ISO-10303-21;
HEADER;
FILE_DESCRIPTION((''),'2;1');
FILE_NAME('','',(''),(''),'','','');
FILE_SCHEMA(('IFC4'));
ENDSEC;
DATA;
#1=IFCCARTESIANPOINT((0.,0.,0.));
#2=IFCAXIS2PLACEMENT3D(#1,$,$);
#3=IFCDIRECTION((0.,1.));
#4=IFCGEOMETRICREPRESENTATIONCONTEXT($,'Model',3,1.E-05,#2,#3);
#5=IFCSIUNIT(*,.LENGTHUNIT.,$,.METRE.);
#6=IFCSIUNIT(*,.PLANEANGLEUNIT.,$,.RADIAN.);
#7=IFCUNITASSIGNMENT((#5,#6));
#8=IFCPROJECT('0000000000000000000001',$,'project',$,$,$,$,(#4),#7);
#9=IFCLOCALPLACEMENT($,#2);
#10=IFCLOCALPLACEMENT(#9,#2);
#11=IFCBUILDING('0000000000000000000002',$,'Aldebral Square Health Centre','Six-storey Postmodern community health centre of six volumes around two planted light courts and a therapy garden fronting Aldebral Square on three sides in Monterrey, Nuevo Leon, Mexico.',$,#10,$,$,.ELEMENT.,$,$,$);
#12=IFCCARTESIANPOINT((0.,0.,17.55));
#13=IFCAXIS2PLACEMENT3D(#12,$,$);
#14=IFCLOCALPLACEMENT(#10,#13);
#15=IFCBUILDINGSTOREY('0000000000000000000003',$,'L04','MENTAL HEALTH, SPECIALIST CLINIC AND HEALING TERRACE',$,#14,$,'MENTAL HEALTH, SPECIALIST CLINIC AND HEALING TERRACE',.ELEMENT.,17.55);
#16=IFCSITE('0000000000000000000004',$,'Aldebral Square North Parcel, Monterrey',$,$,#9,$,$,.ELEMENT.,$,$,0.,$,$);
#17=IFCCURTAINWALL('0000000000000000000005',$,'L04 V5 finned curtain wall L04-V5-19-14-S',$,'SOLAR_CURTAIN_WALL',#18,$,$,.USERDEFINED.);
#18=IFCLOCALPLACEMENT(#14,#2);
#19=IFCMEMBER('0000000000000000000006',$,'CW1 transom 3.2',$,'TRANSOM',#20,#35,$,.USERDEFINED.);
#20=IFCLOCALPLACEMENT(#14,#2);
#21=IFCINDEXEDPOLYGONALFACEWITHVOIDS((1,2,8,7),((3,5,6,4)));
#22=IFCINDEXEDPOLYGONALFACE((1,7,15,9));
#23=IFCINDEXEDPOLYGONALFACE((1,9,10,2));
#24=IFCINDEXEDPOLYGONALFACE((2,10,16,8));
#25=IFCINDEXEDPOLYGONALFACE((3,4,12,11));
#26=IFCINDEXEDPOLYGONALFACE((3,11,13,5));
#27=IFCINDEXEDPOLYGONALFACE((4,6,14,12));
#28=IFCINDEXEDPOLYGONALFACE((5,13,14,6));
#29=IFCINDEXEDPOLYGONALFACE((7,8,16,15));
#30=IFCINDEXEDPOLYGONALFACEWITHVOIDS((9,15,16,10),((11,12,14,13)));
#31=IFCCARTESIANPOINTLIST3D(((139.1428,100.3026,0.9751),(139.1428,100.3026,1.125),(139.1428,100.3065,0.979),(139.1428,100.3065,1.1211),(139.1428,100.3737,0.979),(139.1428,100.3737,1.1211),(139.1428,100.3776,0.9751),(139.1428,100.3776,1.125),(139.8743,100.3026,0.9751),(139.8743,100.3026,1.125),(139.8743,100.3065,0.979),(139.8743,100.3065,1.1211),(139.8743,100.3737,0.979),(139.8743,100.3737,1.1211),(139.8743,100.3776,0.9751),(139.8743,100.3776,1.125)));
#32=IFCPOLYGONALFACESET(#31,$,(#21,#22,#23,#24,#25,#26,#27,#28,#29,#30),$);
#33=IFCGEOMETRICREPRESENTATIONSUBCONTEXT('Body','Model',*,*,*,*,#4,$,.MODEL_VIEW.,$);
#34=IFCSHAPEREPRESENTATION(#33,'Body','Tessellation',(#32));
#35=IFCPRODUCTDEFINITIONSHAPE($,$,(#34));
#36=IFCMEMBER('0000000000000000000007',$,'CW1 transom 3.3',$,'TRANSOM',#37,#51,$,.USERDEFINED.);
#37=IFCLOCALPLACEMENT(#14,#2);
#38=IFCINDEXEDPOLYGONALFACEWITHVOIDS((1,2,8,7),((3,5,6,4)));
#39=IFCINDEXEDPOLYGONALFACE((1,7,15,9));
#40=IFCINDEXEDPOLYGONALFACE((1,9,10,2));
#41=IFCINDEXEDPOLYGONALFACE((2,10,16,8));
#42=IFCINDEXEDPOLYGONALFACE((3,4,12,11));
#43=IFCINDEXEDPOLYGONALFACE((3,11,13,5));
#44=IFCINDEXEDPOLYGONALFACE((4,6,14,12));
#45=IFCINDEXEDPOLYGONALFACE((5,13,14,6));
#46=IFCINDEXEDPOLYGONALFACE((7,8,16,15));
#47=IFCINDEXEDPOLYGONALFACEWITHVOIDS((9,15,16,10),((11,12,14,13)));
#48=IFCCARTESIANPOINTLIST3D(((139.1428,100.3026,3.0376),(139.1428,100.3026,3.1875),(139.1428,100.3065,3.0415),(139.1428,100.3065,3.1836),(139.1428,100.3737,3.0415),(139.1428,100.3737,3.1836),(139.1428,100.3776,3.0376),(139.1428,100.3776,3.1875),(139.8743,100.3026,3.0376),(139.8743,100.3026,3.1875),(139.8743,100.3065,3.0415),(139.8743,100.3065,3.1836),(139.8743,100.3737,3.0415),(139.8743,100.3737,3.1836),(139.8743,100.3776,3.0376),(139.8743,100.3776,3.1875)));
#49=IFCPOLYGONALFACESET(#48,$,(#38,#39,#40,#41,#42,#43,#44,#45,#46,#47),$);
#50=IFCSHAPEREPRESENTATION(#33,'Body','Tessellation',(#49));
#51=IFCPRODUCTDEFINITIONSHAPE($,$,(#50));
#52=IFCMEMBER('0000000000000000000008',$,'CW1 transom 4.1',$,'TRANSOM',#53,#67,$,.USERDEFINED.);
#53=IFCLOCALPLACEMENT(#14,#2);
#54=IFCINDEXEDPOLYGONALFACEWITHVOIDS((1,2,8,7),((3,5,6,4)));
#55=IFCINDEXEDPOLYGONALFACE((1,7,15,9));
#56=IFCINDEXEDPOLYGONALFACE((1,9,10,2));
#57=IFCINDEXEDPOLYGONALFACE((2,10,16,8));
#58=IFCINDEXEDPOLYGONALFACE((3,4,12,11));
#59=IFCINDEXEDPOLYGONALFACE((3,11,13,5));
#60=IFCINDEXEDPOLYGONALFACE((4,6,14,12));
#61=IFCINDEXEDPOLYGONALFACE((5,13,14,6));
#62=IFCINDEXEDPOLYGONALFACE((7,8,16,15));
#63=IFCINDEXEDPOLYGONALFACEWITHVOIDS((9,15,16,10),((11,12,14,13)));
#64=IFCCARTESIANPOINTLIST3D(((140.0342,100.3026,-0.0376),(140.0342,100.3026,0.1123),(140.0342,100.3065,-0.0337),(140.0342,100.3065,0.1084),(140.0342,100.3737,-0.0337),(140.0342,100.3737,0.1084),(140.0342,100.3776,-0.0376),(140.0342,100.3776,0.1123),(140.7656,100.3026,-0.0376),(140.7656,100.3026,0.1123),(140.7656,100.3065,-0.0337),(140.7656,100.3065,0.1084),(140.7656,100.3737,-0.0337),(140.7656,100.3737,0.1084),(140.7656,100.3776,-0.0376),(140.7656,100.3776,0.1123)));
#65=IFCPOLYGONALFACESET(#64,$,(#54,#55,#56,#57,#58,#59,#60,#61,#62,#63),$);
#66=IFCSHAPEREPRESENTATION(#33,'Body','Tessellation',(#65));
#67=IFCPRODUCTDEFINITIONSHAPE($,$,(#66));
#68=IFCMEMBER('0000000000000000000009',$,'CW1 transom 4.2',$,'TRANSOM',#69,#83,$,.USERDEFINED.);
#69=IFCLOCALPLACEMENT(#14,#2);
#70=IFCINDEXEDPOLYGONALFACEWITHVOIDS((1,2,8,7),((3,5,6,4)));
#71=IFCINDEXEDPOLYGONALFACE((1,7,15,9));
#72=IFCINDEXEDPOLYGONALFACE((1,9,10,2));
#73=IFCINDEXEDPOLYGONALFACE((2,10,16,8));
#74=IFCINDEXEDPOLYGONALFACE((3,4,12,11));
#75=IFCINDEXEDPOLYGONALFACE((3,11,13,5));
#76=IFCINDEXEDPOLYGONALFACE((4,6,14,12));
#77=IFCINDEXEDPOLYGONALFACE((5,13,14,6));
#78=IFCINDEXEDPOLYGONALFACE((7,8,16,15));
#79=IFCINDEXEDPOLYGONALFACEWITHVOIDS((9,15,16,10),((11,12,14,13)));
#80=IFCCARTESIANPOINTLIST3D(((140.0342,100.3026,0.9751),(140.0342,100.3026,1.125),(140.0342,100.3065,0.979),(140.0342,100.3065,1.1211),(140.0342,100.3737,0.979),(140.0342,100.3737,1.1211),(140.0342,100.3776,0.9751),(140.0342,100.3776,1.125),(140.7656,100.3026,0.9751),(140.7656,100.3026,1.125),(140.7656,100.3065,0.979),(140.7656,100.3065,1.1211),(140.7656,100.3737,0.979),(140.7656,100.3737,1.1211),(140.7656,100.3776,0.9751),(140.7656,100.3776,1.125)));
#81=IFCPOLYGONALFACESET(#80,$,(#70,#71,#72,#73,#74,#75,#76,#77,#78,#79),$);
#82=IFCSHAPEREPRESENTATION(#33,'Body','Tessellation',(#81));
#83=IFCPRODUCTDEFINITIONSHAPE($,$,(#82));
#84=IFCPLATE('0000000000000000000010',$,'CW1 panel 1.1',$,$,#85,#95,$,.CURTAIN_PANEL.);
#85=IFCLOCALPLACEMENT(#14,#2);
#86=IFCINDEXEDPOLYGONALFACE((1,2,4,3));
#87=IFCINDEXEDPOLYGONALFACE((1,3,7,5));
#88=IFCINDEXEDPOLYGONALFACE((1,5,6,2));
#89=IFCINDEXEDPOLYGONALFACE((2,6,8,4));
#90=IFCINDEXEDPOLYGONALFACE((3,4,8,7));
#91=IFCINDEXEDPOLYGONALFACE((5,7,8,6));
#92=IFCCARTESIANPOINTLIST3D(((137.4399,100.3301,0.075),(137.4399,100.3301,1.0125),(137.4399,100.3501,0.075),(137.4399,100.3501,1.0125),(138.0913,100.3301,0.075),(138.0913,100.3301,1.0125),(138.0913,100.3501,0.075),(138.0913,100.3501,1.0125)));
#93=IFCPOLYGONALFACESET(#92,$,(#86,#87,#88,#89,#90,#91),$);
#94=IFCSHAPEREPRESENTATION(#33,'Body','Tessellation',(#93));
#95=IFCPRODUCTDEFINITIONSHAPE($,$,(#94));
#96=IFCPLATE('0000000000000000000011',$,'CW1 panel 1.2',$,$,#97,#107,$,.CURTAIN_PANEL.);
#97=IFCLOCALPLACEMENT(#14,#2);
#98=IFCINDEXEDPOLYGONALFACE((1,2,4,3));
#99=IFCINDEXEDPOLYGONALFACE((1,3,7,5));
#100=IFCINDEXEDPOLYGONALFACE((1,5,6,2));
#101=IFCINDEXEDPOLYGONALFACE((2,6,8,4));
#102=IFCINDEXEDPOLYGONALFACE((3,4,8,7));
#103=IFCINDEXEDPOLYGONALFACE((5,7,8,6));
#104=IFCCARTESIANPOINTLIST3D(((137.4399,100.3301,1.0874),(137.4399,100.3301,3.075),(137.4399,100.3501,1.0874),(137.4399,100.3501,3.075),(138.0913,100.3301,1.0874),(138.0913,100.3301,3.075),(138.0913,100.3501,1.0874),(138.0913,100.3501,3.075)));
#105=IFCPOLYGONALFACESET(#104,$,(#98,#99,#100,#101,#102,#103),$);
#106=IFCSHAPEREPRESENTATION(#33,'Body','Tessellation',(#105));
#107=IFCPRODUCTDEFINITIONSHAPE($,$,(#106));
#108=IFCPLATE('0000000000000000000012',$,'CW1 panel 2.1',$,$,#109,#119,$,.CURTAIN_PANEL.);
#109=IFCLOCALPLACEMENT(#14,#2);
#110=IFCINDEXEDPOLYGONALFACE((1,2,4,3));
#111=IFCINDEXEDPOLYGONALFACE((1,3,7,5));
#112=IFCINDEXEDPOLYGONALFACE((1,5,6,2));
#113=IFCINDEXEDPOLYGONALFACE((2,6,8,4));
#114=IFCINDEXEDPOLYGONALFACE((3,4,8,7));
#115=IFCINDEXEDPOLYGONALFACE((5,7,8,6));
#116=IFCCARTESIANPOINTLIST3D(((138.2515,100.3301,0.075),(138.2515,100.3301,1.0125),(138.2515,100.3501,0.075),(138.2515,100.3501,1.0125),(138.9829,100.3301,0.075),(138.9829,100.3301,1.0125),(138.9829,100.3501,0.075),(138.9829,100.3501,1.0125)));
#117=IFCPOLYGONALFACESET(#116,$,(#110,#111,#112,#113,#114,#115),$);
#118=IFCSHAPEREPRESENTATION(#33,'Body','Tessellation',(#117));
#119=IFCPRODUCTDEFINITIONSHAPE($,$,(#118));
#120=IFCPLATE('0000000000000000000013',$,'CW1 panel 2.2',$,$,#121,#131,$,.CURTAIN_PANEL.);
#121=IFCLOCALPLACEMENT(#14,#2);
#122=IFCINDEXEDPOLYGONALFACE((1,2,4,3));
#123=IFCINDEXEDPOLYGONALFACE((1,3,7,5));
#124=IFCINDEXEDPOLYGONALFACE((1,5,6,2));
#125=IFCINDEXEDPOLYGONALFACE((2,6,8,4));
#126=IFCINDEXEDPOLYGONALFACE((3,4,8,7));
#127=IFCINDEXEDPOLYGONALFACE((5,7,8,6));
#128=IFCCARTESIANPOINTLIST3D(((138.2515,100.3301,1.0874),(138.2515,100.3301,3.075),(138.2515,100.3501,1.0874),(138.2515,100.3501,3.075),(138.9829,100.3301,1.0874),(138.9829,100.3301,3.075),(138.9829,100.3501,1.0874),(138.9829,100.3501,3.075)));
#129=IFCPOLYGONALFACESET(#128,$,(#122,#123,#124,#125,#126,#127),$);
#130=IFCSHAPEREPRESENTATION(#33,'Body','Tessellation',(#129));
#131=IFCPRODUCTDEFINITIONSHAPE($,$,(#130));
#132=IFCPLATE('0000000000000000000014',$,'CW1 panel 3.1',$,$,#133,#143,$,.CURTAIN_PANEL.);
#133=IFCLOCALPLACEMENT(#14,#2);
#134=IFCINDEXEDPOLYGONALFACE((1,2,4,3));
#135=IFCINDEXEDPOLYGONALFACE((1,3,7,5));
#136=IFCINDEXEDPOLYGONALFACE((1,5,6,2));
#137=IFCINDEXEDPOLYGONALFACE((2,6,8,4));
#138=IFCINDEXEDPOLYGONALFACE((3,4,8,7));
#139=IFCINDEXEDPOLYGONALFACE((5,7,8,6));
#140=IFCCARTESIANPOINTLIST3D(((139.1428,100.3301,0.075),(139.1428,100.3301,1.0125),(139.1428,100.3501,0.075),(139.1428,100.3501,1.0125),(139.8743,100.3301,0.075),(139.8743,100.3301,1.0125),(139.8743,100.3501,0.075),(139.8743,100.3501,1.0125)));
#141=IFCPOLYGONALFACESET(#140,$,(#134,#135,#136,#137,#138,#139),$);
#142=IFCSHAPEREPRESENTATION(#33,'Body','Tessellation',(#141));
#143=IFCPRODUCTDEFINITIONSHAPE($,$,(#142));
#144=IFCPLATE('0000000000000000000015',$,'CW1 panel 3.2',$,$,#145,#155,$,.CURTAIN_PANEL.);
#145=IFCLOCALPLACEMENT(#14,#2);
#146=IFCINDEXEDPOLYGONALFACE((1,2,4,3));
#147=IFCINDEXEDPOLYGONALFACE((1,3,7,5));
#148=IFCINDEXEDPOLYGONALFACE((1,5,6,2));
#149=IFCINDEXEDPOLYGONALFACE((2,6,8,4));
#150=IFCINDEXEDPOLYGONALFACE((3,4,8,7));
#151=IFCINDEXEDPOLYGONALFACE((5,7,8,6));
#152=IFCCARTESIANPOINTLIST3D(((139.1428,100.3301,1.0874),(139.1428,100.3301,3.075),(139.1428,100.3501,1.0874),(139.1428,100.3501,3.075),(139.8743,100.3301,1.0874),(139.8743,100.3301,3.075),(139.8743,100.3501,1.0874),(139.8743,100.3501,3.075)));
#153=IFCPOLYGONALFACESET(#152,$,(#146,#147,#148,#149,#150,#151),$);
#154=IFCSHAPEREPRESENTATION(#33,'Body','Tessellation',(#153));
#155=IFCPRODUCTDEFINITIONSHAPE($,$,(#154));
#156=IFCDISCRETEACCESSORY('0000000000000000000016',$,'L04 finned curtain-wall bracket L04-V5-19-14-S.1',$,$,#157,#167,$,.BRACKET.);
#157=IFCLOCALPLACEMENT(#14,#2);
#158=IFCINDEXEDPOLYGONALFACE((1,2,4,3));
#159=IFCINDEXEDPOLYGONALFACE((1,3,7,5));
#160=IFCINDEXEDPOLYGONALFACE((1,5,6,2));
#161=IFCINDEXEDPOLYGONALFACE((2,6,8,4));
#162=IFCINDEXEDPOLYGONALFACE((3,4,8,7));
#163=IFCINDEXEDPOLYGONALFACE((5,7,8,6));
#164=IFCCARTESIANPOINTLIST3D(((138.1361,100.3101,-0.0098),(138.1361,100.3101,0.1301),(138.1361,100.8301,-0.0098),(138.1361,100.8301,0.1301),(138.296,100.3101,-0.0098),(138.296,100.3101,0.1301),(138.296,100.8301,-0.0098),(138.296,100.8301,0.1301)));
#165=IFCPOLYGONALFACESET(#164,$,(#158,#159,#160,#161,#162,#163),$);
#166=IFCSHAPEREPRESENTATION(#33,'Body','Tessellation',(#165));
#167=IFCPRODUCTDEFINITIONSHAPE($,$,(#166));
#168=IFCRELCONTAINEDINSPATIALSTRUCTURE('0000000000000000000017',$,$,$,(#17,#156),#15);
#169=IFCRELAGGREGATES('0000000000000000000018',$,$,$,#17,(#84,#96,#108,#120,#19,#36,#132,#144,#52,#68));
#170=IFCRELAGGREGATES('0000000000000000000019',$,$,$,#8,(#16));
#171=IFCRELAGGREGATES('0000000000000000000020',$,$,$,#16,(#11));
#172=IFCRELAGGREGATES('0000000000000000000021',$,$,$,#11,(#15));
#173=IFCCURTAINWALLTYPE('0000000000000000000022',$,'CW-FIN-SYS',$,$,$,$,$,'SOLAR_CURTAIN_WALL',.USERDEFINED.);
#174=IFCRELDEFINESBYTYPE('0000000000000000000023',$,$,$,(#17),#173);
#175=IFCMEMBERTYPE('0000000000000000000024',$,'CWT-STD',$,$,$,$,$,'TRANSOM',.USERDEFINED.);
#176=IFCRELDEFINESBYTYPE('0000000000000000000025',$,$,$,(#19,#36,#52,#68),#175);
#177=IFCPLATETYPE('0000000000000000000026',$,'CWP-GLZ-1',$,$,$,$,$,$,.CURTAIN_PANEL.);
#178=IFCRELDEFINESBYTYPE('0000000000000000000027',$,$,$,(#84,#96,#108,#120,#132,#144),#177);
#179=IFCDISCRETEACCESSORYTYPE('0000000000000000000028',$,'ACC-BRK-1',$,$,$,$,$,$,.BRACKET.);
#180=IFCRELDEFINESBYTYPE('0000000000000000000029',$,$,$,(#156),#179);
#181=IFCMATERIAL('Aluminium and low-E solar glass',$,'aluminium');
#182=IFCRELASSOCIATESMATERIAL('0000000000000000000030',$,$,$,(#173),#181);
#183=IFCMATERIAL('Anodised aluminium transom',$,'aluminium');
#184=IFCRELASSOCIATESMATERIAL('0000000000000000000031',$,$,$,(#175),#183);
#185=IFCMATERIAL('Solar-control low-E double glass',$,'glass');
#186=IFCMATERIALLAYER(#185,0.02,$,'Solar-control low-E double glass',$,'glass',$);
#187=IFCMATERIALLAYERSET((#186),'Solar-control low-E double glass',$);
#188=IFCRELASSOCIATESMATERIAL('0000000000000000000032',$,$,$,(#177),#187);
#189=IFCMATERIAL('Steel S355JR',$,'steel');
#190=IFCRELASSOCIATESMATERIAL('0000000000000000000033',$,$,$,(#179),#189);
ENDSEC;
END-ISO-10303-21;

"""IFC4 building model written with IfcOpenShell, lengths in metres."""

from ifc_helpers import new_model, si_unit, direction, frame, origin, origin_2d, place, context, subcontext, project, spatial, rectangle, hollow_rectangle, extrude, material, layer, layer_set, material_profile, profile_set, type_object, element, aggregate, save


model = new_model("IFC4")

# Units and contexts
model_context = context("Model", 3, precision=1e-05, world=origin(), true_north=direction((0.0, 1.0)))
body_context = subcontext(model_context, "Body", "Model", "MODEL_VIEW")
ifc_project = project(units=[si_unit("LENGTHUNIT", "METRE"), si_unit("PLANEANGLEUNIT", "RADIAN")], contexts=[model_context])

# Site, building, storey
site_placement = place(None, origin())
site = spatial("IfcSite", under=ifc_project, at=site_placement, Name="Aldebral Square North Parcel, Monterrey", CompositionType="ELEMENT", RefElevation=0.0)
building_placement = place(site_placement, origin())
building = spatial("IfcBuilding", under=site, at=building_placement, Name="Aldebral Square Health Centre", Description="Six-storey Postmodern community health centre of six volumes around two planted light courts and a therapy garden fronting Aldebral Square on three sides in Monterrey, Nuevo Leon, Mexico.", CompositionType="ELEMENT")
storey_placement = place(building_placement, frame((0.0, 0.0, 17.55)))
storey = spatial("IfcBuildingStorey", under=building, at=storey_placement, Name="L04", Description="MENTAL HEALTH, SPECIALIST CLINIC AND HEALING TERRACE", LongName="MENTAL HEALTH, SPECIALIST CLINIC AND HEALING TERRACE", CompositionType="ELEMENT", Elevation=17.55)

# Curtain wall, members, plates
ifc_material_1 = material(Name="Aluminium and low-E solar glass", Category="aluminium")
curtain_wall_type = type_object("IfcCurtainWallType", Name="CW-FIN-SYS", ElementType="SOLAR_CURTAIN_WALL", PredefinedType="USERDEFINED", material=ifc_material_1)
curtain_wall_placement = place(storey_placement, origin())
curtain_wall = element("IfcCurtainWall", 1, at=curtain_wall_placement, inside=storey, type_object=curtain_wall_type, Name="L04 V5 finned curtain wall L04-V5-19-14-S", ObjectType="SOLAR_CURTAIN_WALL", PredefinedType="USERDEFINED")
ifc_material_2 = material(Name="Anodised aluminium transom", Category="aluminium")
ifc_material_profile_1 = material_profile(ifc_material_2, hollow_rectangle(XDim=0.075, YDim=0.1499, WallThickness=0.0039, at=origin_2d()), Name="CWT 75x150x4")
ifc_profile_set_1 = profile_set([ifc_material_profile_1], Name="Anodised aluminium transom")
member_type_1 = type_object("IfcMemberType", Name="CWT-STD", ElementType="TRANSOM", PredefinedType="USERDEFINED", material=ifc_profile_set_1)
member_1_placement = place(storey_placement, frame((139.1428, 100.3401, 1.05), z_axis=(1.0, 0.0, 0.0), x_axis=(0.0, 1.0, 0.0)))
member_1 = element("IfcMember", 2, at=member_1_placement, type_object=member_type_1, Name="CW1 transom 3.2", ObjectType="TRANSOM", PredefinedType="USERDEFINED", context=body_context, shape_type="SweptSolid", body=[
    extrude(hollow_rectangle(XDim=0.075, YDim=0.1499, WallThickness=0.0039, at=origin_2d()), origin(), (0.0, 0.0, 1.0), 0.7314),
])
member_2_placement = place(storey_placement, frame((139.1428, 100.3401, 3.1125), z_axis=(1.0, 0.0, 0.0), x_axis=(0.0, 1.0, 0.0)))
member_2 = element("IfcMember", 3, at=member_2_placement, type_object=member_type_1, Name="CW1 transom 3.3", ObjectType="TRANSOM", PredefinedType="USERDEFINED", context=body_context, shape_type="SweptSolid", body=[
    extrude(hollow_rectangle(XDim=0.075, YDim=0.1499, WallThickness=0.0039, at=origin_2d()), origin(), (0.0, 0.0, 1.0), 0.7314),
])
member_3_placement = place(storey_placement, frame((140.0342, 100.3401, 0.0374), z_axis=(1.0, 0.0, 0.0), x_axis=(0.0, 1.0, 0.0)))
member_3 = element("IfcMember", 4, at=member_3_placement, type_object=member_type_1, Name="CW1 transom 4.1", ObjectType="TRANSOM", PredefinedType="USERDEFINED", context=body_context, shape_type="SweptSolid", body=[
    extrude(hollow_rectangle(XDim=0.075, YDim=0.1499, WallThickness=0.0039, at=origin_2d()), origin(), (0.0, 0.0, 1.0), 0.7314),
])
member_4_placement = place(storey_placement, frame((140.0342, 100.3401, 1.05), z_axis=(1.0, 0.0, 0.0), x_axis=(0.0, 1.0, 0.0)))
member_4 = element("IfcMember", 5, at=member_4_placement, type_object=member_type_1, Name="CW1 transom 4.2", ObjectType="TRANSOM", PredefinedType="USERDEFINED", context=body_context, shape_type="SweptSolid", body=[
    extrude(hollow_rectangle(XDim=0.075, YDim=0.1499, WallThickness=0.0039, at=origin_2d()), origin(), (0.0, 0.0, 1.0), 0.7314),
])
ifc_material_3 = material(Name="Solar-control low-E double glass", Category="glass")
ifc_layer = layer(ifc_material_3, 0.02, Name="Solar-control low-E double glass", Category="glass")
ifc_layer_set = layer_set([ifc_layer], Name="Solar-control low-E double glass")
plate_type = type_object("IfcPlateType", Name="CWP-GLZ-1", PredefinedType="CURTAIN_PANEL", material=ifc_layer_set)
plate_1_placement = place(storey_placement, frame((137.7656, 100.3401, 0.075), z_axis=(0.0, 0.0, 1.0), x_axis=(1.0, 0.0, 0.0)))
plate_1 = element("IfcPlate", 6, at=plate_1_placement, type_object=plate_type, Name="CW1 panel 1.1", PredefinedType="CURTAIN_PANEL", context=body_context, shape_type="SweptSolid", body=[
    extrude(rectangle(XDim=0.6514, YDim=0.02, at=origin_2d()), origin(), (0.0, 0.0, 1.0), 0.9375),
])
plate_2_placement = place(storey_placement, frame((137.7656, 100.3401, 1.0874), z_axis=(0.0, 0.0, 1.0), x_axis=(1.0, 0.0, 0.0)))
plate_2 = element("IfcPlate", 7, at=plate_2_placement, type_object=plate_type, Name="CW1 panel 1.2", PredefinedType="CURTAIN_PANEL", context=body_context, shape_type="SweptSolid", body=[
    extrude(rectangle(XDim=0.6514, YDim=0.02, at=origin_2d()), origin(), (0.0, 0.0, 1.0), 1.9875),
])
plate_3_placement = place(storey_placement, frame((138.6172, 100.3401, 0.075), z_axis=(0.0, 0.0, 1.0), x_axis=(1.0, 0.0, 0.0)))
plate_3 = element("IfcPlate", 8, at=plate_3_placement, type_object=plate_type, Name="CW1 panel 2.1", PredefinedType="CURTAIN_PANEL", context=body_context, shape_type="SweptSolid", body=[
    extrude(rectangle(XDim=0.7314, YDim=0.02, at=origin_2d()), origin(), (0.0, 0.0, 1.0), 0.9375),
])
plate_4_placement = place(storey_placement, frame((138.6172, 100.3401, 1.0874), z_axis=(0.0, 0.0, 1.0), x_axis=(1.0, 0.0, 0.0)))
plate_4 = element("IfcPlate", 9, at=plate_4_placement, type_object=plate_type, Name="CW1 panel 2.2", PredefinedType="CURTAIN_PANEL", context=body_context, shape_type="SweptSolid", body=[
    extrude(rectangle(XDim=0.7314, YDim=0.02, at=origin_2d()), origin(), (0.0, 0.0, 1.0), 1.9875),
])
plate_5_placement = place(storey_placement, frame((139.5085, 100.3401, 0.075), z_axis=(0.0, 0.0, 1.0), x_axis=(1.0, 0.0, 0.0)))
plate_5 = element("IfcPlate", 10, at=plate_5_placement, type_object=plate_type, Name="CW1 panel 3.1", PredefinedType="CURTAIN_PANEL", context=body_context, shape_type="SweptSolid", body=[
    extrude(rectangle(XDim=0.7314, YDim=0.02, at=origin_2d()), origin(), (0.0, 0.0, 1.0), 0.9375),
])
plate_6_placement = place(storey_placement, frame((139.5085, 100.3401, 1.0874), z_axis=(0.0, 0.0, 1.0), x_axis=(1.0, 0.0, 0.0)))
plate_6 = element("IfcPlate", 11, at=plate_6_placement, type_object=plate_type, Name="CW1 panel 3.2", PredefinedType="CURTAIN_PANEL", context=body_context, shape_type="SweptSolid", body=[
    extrude(rectangle(XDim=0.7314, YDim=0.02, at=origin_2d()), origin(), (0.0, 0.0, 1.0), 1.9875),
])
aggregate(curtain_wall, [plate_1, plate_2, plate_3, plate_4, member_1, member_2, plate_5, plate_6, member_3, member_4])

# Discrete accessory
ifc_material_4 = material(Name="Steel S355JR", Category="steel")
discrete_accessory_type = type_object("IfcDiscreteAccessoryType", Name="ACC-BRK-1", PredefinedType="BRACKET", material=ifc_material_4)
discrete_accessory_placement = place(storey_placement, frame((138.2161, 100.5701, -0.0098), z_axis=(0.0, 0.0, 1.0), x_axis=(1.0, 0.0, 0.0)))
element("IfcDiscreteAccessory", 12, at=discrete_accessory_placement, inside=storey, type_object=discrete_accessory_type, Name="L04 finned curtain-wall bracket L04-V5-19-14-S.1", PredefinedType="BRACKET", context=body_context, shape_type="SweptSolid", body=[
    extrude(rectangle(XDim=0.1599, YDim=0.52, at=origin_2d()), origin(), (0.0, 0.0, 1.0), 0.1399),
])

save(model, "model.ifc")
